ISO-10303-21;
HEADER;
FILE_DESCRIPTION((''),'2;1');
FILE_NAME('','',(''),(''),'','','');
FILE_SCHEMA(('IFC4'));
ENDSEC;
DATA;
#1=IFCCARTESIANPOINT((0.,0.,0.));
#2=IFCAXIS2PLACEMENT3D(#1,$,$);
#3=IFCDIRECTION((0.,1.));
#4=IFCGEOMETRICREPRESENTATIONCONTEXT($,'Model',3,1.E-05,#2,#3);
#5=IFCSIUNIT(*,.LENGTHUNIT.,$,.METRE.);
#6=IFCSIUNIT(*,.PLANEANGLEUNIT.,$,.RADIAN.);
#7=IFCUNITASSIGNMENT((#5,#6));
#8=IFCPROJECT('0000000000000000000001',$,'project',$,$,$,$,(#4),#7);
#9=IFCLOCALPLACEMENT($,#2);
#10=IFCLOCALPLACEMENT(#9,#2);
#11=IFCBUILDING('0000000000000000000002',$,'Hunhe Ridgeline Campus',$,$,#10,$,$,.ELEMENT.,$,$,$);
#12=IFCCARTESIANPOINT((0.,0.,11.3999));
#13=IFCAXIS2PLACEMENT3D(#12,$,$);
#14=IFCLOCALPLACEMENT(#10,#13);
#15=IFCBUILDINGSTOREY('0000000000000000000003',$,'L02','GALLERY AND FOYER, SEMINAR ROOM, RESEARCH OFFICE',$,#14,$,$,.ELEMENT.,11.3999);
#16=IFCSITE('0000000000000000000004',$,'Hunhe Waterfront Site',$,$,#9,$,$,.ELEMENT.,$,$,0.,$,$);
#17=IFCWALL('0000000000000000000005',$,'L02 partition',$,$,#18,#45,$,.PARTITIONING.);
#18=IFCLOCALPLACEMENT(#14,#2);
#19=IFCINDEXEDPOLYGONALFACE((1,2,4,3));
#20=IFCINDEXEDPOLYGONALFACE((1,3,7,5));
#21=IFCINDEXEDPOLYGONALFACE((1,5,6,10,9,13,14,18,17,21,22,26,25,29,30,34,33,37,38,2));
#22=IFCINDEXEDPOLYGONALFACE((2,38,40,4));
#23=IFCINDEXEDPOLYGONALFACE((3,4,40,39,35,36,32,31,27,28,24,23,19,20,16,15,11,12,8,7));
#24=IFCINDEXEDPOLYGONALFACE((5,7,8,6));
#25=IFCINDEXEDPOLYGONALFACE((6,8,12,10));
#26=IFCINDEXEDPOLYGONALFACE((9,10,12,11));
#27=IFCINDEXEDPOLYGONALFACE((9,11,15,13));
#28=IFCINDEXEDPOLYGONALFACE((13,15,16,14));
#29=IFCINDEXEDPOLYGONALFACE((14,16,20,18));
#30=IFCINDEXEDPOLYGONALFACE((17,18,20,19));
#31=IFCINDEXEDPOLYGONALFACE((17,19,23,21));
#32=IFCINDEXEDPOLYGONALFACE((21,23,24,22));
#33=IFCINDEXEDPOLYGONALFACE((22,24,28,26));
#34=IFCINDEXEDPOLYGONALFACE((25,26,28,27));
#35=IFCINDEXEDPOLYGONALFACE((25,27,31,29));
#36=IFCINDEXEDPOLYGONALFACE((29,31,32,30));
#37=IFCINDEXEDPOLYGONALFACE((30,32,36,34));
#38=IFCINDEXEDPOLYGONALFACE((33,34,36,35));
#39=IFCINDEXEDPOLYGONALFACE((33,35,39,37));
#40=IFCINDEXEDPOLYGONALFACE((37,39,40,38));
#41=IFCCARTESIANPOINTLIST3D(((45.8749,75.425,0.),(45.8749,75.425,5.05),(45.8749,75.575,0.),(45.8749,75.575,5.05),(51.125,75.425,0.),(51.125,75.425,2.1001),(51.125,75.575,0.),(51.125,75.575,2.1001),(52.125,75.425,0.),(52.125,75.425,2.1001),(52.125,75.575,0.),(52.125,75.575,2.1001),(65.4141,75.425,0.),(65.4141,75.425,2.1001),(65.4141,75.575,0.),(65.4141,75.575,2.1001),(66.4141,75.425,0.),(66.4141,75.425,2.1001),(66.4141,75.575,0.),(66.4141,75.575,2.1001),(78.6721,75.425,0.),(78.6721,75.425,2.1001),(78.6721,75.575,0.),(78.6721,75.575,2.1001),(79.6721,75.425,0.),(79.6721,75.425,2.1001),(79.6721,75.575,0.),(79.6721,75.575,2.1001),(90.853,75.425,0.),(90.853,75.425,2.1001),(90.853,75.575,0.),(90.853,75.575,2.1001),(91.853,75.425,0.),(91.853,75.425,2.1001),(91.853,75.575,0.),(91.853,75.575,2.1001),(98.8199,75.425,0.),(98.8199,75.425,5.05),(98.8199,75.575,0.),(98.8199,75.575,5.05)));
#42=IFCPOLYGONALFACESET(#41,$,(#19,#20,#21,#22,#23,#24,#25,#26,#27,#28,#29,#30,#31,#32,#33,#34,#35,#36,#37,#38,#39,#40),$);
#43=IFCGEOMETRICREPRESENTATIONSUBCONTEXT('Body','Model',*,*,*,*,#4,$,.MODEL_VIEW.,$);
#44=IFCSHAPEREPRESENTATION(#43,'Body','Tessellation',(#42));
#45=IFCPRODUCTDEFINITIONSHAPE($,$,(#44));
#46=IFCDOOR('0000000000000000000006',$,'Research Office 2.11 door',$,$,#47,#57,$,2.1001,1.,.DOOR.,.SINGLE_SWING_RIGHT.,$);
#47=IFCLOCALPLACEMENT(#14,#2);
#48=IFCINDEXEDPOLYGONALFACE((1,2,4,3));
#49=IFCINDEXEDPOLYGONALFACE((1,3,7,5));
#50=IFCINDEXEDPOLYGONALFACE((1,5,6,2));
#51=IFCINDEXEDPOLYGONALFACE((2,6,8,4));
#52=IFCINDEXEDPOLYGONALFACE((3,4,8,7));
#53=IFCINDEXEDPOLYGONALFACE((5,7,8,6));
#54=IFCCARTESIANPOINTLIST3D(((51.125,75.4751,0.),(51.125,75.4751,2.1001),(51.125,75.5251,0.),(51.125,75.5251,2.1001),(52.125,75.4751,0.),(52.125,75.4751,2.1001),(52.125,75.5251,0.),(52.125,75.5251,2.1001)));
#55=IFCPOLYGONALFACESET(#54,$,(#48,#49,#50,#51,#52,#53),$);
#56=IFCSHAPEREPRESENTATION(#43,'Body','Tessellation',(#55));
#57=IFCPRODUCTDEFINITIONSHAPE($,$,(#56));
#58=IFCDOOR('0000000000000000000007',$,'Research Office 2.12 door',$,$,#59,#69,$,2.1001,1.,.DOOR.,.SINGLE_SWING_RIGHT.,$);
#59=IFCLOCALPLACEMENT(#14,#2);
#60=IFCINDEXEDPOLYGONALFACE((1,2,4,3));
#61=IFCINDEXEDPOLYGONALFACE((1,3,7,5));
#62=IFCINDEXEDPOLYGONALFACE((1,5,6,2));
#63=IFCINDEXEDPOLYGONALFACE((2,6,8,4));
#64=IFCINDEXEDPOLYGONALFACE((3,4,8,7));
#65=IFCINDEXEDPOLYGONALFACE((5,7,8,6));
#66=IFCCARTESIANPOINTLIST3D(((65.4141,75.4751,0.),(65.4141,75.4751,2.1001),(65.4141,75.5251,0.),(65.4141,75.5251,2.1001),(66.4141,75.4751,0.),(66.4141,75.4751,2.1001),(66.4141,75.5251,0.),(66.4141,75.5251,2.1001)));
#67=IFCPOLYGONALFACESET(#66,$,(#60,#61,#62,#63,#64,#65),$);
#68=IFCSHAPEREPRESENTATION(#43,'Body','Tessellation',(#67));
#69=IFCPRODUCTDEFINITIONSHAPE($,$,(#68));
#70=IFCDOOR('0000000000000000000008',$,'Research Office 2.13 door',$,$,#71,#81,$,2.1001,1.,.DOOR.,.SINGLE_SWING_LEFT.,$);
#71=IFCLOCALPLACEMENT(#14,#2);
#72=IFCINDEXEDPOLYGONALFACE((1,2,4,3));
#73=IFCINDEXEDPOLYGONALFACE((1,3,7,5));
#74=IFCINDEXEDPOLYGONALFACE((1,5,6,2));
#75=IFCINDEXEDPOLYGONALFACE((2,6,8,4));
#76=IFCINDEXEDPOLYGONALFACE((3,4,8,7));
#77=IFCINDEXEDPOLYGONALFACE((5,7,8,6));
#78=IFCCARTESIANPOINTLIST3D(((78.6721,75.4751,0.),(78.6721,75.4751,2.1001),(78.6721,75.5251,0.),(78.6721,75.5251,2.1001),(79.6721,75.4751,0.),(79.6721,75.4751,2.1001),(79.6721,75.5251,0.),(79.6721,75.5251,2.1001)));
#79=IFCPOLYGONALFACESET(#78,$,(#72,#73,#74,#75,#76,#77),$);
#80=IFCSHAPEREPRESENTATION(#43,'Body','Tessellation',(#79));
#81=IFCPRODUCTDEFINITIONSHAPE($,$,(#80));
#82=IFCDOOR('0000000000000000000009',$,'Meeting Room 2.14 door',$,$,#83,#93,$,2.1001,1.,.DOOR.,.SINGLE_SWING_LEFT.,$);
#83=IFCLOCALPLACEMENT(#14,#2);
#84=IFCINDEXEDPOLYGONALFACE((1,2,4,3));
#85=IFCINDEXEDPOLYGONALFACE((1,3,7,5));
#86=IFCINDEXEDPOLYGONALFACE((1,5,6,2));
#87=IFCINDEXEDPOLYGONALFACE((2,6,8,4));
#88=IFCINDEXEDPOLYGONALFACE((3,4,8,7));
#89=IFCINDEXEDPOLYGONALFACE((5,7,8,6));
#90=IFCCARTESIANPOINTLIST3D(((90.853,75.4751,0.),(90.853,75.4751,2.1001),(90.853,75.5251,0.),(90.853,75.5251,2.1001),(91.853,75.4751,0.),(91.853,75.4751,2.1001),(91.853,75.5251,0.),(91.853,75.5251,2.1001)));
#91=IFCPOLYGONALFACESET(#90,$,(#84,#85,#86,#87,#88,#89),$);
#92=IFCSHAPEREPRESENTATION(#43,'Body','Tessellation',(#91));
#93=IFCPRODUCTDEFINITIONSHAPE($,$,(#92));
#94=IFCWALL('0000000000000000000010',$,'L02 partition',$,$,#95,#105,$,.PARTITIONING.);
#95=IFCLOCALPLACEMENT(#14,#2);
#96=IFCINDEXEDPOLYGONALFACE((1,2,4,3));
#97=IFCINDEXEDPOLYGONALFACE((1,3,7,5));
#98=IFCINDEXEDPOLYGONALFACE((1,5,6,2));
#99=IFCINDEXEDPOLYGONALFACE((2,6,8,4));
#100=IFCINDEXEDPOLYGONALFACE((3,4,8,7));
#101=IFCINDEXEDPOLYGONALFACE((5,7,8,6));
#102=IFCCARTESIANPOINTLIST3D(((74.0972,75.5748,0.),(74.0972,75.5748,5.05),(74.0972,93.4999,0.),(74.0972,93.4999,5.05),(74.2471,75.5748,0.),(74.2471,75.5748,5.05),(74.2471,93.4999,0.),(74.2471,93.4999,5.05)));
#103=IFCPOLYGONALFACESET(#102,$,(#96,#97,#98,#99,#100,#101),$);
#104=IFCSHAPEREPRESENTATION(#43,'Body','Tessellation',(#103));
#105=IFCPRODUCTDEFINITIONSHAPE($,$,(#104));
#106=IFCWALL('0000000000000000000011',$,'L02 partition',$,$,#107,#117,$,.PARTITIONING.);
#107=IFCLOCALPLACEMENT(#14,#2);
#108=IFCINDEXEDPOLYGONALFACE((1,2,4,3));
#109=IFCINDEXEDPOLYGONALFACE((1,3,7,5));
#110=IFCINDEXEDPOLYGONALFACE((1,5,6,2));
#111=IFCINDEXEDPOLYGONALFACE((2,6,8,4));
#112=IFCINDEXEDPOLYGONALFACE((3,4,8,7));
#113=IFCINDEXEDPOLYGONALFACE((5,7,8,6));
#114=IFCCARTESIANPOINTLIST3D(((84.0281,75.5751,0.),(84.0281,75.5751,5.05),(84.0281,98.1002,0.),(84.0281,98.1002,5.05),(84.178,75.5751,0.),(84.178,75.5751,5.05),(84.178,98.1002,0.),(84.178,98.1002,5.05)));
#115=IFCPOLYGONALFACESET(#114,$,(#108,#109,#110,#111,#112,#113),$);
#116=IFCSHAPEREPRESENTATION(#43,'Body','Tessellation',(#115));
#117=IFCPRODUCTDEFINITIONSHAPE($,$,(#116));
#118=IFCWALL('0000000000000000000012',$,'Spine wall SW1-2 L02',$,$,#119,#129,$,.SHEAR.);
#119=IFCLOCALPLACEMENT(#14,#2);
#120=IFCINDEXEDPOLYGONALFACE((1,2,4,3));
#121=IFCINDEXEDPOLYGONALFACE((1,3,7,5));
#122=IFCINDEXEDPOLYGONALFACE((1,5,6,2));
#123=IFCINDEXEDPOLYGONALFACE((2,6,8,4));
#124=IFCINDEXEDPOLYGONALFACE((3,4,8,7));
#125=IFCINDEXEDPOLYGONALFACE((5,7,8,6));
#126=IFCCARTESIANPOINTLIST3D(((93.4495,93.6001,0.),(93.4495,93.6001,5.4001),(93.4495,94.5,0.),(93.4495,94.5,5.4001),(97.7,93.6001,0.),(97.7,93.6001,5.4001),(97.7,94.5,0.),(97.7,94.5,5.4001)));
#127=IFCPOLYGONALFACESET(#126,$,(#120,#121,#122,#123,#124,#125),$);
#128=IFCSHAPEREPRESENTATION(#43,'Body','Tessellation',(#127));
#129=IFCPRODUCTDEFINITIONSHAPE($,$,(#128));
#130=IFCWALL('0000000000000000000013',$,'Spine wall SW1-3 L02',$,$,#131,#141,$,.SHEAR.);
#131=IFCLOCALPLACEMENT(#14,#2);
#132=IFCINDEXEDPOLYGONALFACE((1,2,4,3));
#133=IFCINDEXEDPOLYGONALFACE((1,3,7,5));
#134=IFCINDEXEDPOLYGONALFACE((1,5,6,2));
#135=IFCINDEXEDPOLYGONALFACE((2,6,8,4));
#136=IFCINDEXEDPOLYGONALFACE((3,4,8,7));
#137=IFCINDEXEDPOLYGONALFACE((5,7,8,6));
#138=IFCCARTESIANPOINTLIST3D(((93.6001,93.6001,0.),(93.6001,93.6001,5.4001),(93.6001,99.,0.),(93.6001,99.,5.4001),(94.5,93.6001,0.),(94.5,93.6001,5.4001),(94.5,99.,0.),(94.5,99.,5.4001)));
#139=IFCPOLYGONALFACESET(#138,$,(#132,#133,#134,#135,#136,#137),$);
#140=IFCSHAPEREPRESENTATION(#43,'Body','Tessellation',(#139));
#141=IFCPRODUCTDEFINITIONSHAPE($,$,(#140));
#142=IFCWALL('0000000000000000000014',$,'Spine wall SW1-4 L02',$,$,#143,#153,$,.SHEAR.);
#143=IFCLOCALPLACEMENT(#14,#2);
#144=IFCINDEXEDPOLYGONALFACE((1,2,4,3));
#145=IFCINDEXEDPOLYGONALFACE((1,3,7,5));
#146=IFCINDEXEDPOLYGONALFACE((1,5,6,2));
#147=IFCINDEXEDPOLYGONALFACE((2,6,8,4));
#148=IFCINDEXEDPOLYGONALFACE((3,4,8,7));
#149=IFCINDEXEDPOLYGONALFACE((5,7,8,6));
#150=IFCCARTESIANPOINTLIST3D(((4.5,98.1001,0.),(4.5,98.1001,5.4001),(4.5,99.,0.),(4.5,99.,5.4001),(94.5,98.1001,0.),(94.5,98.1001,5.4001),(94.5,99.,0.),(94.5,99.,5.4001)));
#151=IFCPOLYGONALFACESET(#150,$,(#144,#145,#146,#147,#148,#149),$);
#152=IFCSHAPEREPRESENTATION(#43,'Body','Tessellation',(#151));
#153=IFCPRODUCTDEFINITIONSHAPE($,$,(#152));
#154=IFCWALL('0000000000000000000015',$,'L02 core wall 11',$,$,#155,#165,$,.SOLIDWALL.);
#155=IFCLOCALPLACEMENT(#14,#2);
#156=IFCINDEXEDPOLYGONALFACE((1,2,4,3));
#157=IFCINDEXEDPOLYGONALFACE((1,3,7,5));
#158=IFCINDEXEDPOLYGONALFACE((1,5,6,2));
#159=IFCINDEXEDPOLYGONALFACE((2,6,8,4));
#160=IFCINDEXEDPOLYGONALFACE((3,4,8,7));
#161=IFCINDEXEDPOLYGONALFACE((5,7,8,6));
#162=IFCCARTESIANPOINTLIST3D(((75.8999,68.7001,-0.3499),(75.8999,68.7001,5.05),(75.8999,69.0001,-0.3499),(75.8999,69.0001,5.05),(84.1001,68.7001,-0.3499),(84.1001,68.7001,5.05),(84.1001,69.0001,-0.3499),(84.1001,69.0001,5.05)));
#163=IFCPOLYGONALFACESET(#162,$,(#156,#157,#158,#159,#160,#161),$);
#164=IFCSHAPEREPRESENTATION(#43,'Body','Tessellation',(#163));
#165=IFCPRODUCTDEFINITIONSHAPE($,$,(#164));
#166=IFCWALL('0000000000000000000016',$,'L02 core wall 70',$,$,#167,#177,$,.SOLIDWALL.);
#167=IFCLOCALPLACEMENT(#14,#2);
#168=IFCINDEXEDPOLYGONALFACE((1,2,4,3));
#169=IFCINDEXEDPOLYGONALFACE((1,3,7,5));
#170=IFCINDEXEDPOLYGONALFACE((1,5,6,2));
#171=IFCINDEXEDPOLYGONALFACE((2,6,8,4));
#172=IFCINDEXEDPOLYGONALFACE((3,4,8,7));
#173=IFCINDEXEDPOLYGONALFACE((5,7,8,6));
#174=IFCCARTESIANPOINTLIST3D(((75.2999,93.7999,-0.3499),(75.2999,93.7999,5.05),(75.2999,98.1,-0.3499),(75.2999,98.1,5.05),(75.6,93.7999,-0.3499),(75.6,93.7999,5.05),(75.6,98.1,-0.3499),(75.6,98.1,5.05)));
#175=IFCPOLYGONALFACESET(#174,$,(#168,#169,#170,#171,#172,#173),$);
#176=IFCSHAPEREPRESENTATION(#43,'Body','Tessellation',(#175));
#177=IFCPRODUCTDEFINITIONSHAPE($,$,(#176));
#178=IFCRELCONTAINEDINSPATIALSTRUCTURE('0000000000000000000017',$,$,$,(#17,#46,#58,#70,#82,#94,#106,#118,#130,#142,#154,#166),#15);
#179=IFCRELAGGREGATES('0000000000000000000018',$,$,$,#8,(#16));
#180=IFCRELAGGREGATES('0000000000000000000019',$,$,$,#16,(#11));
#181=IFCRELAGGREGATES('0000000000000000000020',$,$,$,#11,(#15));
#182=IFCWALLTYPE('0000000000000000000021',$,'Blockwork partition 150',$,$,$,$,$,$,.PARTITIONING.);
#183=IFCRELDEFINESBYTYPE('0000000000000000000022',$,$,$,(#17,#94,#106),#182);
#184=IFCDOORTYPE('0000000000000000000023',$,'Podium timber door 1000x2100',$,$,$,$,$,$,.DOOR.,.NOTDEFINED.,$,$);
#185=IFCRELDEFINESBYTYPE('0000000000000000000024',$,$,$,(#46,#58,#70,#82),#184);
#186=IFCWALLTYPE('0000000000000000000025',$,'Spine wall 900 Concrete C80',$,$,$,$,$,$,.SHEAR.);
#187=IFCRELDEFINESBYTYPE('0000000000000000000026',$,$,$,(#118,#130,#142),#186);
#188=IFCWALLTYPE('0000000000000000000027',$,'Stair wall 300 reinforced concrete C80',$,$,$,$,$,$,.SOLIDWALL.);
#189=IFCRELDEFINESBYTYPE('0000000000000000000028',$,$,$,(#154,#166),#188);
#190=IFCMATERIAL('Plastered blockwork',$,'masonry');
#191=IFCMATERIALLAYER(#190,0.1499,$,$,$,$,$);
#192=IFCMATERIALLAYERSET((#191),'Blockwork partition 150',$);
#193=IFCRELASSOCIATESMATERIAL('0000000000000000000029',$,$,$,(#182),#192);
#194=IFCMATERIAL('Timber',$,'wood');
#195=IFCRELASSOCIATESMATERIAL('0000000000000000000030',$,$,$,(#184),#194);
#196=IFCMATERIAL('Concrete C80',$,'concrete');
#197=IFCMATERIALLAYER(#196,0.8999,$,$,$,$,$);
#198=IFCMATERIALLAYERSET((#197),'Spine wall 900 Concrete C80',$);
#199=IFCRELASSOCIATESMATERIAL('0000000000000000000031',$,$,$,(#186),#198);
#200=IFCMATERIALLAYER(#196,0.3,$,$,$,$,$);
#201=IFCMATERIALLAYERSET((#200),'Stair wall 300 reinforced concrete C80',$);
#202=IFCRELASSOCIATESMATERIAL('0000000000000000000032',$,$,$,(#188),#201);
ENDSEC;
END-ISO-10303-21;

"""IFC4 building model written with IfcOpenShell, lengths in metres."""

from ifc_helpers import new_model, si_unit, direction, frame, frame_2d, origin, place, context, subcontext, project, spatial, rectangle, extrude, material, layer, layer_set, type_object, element, fill, save


model = new_model("IFC4")

# Units and contexts
model_context = context("Model", 3, precision=1e-05, world=origin(), true_north=direction((0.0, 1.0)))
body_context = subcontext(model_context, "Body", "Model", "MODEL_VIEW")
ifc_project = project(units=[si_unit("LENGTHUNIT", "METRE"), si_unit("PLANEANGLEUNIT", "RADIAN")], contexts=[model_context])

# Site, building, storey
site_placement = place(None, origin())
site = spatial("IfcSite", under=ifc_project, at=site_placement, Name="Hunhe Waterfront Site", CompositionType="ELEMENT", RefElevation=0.0)
building_placement = place(site_placement, origin())
building = spatial("IfcBuilding", under=site, at=building_placement, Name="Hunhe Ridgeline Campus", CompositionType="ELEMENT")
storey_placement = place(building_placement, frame((0.0, 0.0, 11.3999)))
storey = spatial("IfcBuildingStorey", under=building, at=storey_placement, Name="L02", Description="GALLERY AND FOYER, SEMINAR ROOM, RESEARCH OFFICE", CompositionType="ELEMENT", Elevation=11.3999)

# Shared definitions
ifc_material_1 = material(Name="Concrete C80", Category="concrete")

# Shared definitions
ifc_material_2 = material(Name="Plastered blockwork", Category="masonry")
ifc_layer_1 = layer(ifc_material_2, 0.1499)
ifc_layer_set_1 = layer_set([ifc_layer_1], Name="Blockwork partition 150")
wall_type_1 = type_object("IfcWallType", Name="Blockwork partition 150", PredefinedType="PARTITIONING", material=ifc_layer_set_1)
ifc_material_3 = material(Name="Timber", Category="wood")
door_type_1 = type_object("IfcDoorType", Name="Podium timber door 1000x2100", OperationType="NOTDEFINED", PredefinedType="DOOR", material=ifc_material_3)

# Wall, openings, doors
wall_1_placement = place(storey_placement, frame((98.8201, 75.5, 0.0), z_axis=(0.0, 0.0, 1.0), x_axis=(-1.0, 0.0, 0.0)))
wall_1 = element("IfcWall", 1, at=wall_1_placement, inside=storey, type_object=wall_type_1, Name="L02 partition", PredefinedType="PARTITIONING", context=body_context, shape_type="SweptSolid", body=[
    extrude(rectangle(XDim=52.9451, YDim=0.1499, at=frame_2d((26.4727, 0.0))), origin(), (0.0, 0.0, 1.0), 5.05),
])
opening_1_placement = place(wall_1_placement, frame((46.6951, 0.0, 0.0)))
opening_1 = element("IfcOpeningElement", 2, at=opening_1_placement, cuts=wall_1, PredefinedType="OPENING", context=body_context, shape_type="SweptSolid", body=[
    extrude(rectangle(XDim=1.0, YDim=2.1001, at=frame_2d((0.5, 1.05))), frame((0.0, 0.075, 0.0), z_axis=(0.0, -1.0, 0.0), x_axis=(1.0, 0.0, 0.0)), (0.0, 0.0, 1.0), 0.1499),
])
opening_2_placement = place(wall_1_placement, frame((32.406, 0.0, 0.0)))
opening_2 = element("IfcOpeningElement", 3, at=opening_2_placement, cuts=wall_1, PredefinedType="OPENING", context=body_context, shape_type="SweptSolid", body=[
    extrude(rectangle(XDim=1.0, YDim=2.1001, at=frame_2d((0.5, 1.05))), frame((0.0, 0.075, 0.0), z_axis=(0.0, -1.0, 0.0), x_axis=(1.0, 0.0, 0.0)), (0.0, 0.0, 1.0), 0.1499),
])
opening_3_placement = place(wall_1_placement, frame((19.1479, 0.0, 0.0)))
opening_3 = element("IfcOpeningElement", 4, at=opening_3_placement, cuts=wall_1, PredefinedType="OPENING", context=body_context, shape_type="SweptSolid", body=[
    extrude(rectangle(XDim=1.0, YDim=2.1001, at=frame_2d((0.5, 1.05))), frame((0.0, 0.075, 0.0), z_axis=(0.0, -1.0, 0.0), x_axis=(1.0, 0.0, 0.0)), (0.0, 0.0, 1.0), 0.1499),
])
opening_4_placement = place(wall_1_placement, frame((6.967, 0.0, 0.0)))
opening_4 = element("IfcOpeningElement", 5, at=opening_4_placement, cuts=wall_1, PredefinedType="OPENING", context=body_context, shape_type="SweptSolid", body=[
    extrude(rectangle(XDim=1.0, YDim=2.1001, at=frame_2d((0.5, 1.05))), frame((0.0, 0.075, 0.0), z_axis=(0.0, -1.0, 0.0), x_axis=(1.0, 0.0, 0.0)), (0.0, 0.0, 1.0), 0.1499),
])
door_1_placement = place(opening_1_placement, origin())
door_1 = element("IfcDoor", 6, at=door_1_placement, inside=storey, type_object=door_type_1, Name="Research Office 2.11 door", OperationType="SINGLE_SWING_RIGHT", OverallHeight=2.1001, OverallWidth=1.0, PredefinedType="DOOR", context=body_context, shape_type="SweptSolid", body=[
    extrude(rectangle(XDim=1.0, YDim=2.1001, at=frame_2d((0.5, 1.05))), frame((0.0, 0.0249, 0.0), z_axis=(0.0, -1.0, 0.0), x_axis=(1.0, 0.0, 0.0)), (0.0, 0.0, 1.0), 0.05),
])
fill(opening_1, door_1)
door_2_placement = place(opening_2_placement, origin())
door_2 = element("IfcDoor", 7, at=door_2_placement, inside=storey, type_object=door_type_1, Name="Research Office 2.12 door", OperationType="SINGLE_SWING_RIGHT", OverallHeight=2.1001, OverallWidth=1.0, PredefinedType="DOOR", context=body_context, shape_type="SweptSolid", body=[
    extrude(rectangle(XDim=1.0, YDim=2.1001, at=frame_2d((0.5, 1.05))), frame((0.0, 0.0249, 0.0), z_axis=(0.0, -1.0, 0.0), x_axis=(1.0, 0.0, 0.0)), (0.0, 0.0, 1.0), 0.05),
])
fill(opening_2, door_2)
door_3_placement = place(opening_3_placement, origin())
door_3 = element("IfcDoor", 8, at=door_3_placement, inside=storey, type_object=door_type_1, Name="Research Office 2.13 door", OperationType="SINGLE_SWING_LEFT", OverallHeight=2.1001, OverallWidth=1.0, PredefinedType="DOOR", context=body_context, shape_type="SweptSolid", body=[
    extrude(rectangle(XDim=1.0, YDim=2.1001, at=frame_2d((0.5, 1.05))), frame((0.0, 0.0249, 0.0), z_axis=(0.0, -1.0, 0.0), x_axis=(1.0, 0.0, 0.0)), (0.0, 0.0, 1.0), 0.05),
])
fill(opening_3, door_3)
door_4_placement = place(opening_4_placement, origin())
door_4 = element("IfcDoor", 9, at=door_4_placement, inside=storey, type_object=door_type_1, Name="Meeting Room 2.14 door", OperationType="SINGLE_SWING_LEFT", OverallHeight=2.1001, OverallWidth=1.0, PredefinedType="DOOR", context=body_context, shape_type="SweptSolid", body=[
    extrude(rectangle(XDim=1.0, YDim=2.1001, at=frame_2d((0.5, 1.05))), frame((0.0, 0.0249, 0.0), z_axis=(0.0, -1.0, 0.0), x_axis=(1.0, 0.0, 0.0)), (0.0, 0.0, 1.0), 0.05),
])
fill(opening_4, door_4)

# Walls
wall_2_placement = place(storey_placement, frame((74.1721, 75.575, 0.0), z_axis=(0.0, 0.0, 1.0), x_axis=(0.0, 1.0, 0.0)))
element("IfcWall", 10, at=wall_2_placement, inside=storey, type_object=wall_type_1, Name="L02 partition", PredefinedType="PARTITIONING", context=body_context, shape_type="SweptSolid", body=[
    extrude(rectangle(XDim=17.925, YDim=0.1499, at=frame_2d((8.9624, 0.0))), origin(), (0.0, 0.0, 1.0), 5.05),
])
wall_3_placement = place(storey_placement, frame((84.103, 75.575, 0.0), z_axis=(0.0, 0.0, 1.0), x_axis=(0.0, 1.0, 0.0)))
element("IfcWall", 11, at=wall_3_placement, inside=storey, type_object=wall_type_1, Name="L02 partition", PredefinedType="PARTITIONING", context=body_context, shape_type="SweptSolid", body=[
    extrude(rectangle(XDim=22.5251, YDim=0.1499, at=frame_2d((11.2627, 0.0))), origin(), (0.0, 0.0, 1.0), 5.05),
])
ifc_layer_2 = layer(ifc_material_1, 0.8999)
ifc_layer_set_2 = layer_set([ifc_layer_2], Name="Spine wall 900 Concrete C80")
wall_type_2 = type_object("IfcWallType", Name="Spine wall 900 Concrete C80", PredefinedType="SHEAR", material=ifc_layer_set_2)
wall_4_placement = place(storey_placement, frame((97.7, 94.05, 0.0), z_axis=(0.0, 0.0, 1.0), x_axis=(-1.0, 0.0, 0.0)))
element("IfcWall", 12, at=wall_4_placement, inside=storey, type_object=wall_type_2, Name="Spine wall SW1-2 L02", PredefinedType="SHEAR", context=body_context, shape_type="SweptSolid", body=[
    extrude(rectangle(XDim=4.2505, YDim=0.8999, at=frame_2d((2.1252, 0.0))), origin(), (0.0, 0.0, 1.0), 5.4001),
])
wall_5_placement = place(storey_placement, frame((94.05, 93.6001, 0.0), z_axis=(0.0, 0.0, 1.0), x_axis=(0.0, 1.0, 0.0)))
element("IfcWall", 13, at=wall_5_placement, inside=storey, type_object=wall_type_2, Name="Spine wall SW1-3 L02", PredefinedType="SHEAR", context=body_context, shape_type="SweptSolid", body=[
    extrude(rectangle(XDim=5.3999, YDim=0.8999, at=frame_2d((2.7, 0.0))), origin(), (0.0, 0.0, 1.0), 5.4001),
])
wall_6_placement = place(storey_placement, frame((94.5, 98.55, 0.0), z_axis=(0.0, 0.0, 1.0), x_axis=(-1.0, 0.0, 0.0)))
element("IfcWall", 14, at=wall_6_placement, inside=storey, type_object=wall_type_2, Name="Spine wall SW1-4 L02", PredefinedType="SHEAR", context=body_context, shape_type="SweptSolid", body=[
    extrude(rectangle(XDim=90.0, YDim=0.8999, at=frame_2d((45.0, 0.0))), origin(), (0.0, 0.0, 1.0), 5.4001),
])
ifc_layer_3 = layer(ifc_material_1, 0.3)
ifc_layer_set_3 = layer_set([ifc_layer_3], Name="Stair wall 300 reinforced concrete C80")
wall_type_3 = type_object("IfcWallType", Name="Stair wall 300 reinforced concrete C80", PredefinedType="SOLIDWALL", material=ifc_layer_set_3)
wall_7_placement = place(storey_placement, frame((75.8999, 68.8501, -0.3499), z_axis=(0.0, 0.0, 1.0), x_axis=(1.0, 0.0, 0.0)))
element("IfcWall", 15, at=wall_7_placement, inside=storey, type_object=wall_type_3, Name="L02 core wall 11", PredefinedType="SOLIDWALL", context=body_context, shape_type="SweptSolid", body=[
    extrude(rectangle(XDim=8.2002, YDim=0.3, at=frame_2d((4.1001, 0.0))), origin(), (0.0, 0.0, 1.0), 5.3999),
])

# Wall
for number, where, z_axis, x_axis, name in (
    (16, (75.45, 93.8, -0.3499), (0.0, 0.0, 1.0), (0.0, 1.0, 0.0), "L02 core wall 70"),
):
    element("IfcWall", number, at=place(storey_placement, frame(where, z_axis=z_axis, x_axis=x_axis)), inside=storey, type_object=wall_type_3, Name=name, PredefinedType="SOLIDWALL", context=body_context, shape_type="SweptSolid", body=[
        extrude(rectangle(XDim=4.3, YDim=0.3, at=frame_2d((2.1499, 0.0))), origin(), (0.0, 0.0, 1.0), 5.3999),
    ])

save(model, "model.ifc")
